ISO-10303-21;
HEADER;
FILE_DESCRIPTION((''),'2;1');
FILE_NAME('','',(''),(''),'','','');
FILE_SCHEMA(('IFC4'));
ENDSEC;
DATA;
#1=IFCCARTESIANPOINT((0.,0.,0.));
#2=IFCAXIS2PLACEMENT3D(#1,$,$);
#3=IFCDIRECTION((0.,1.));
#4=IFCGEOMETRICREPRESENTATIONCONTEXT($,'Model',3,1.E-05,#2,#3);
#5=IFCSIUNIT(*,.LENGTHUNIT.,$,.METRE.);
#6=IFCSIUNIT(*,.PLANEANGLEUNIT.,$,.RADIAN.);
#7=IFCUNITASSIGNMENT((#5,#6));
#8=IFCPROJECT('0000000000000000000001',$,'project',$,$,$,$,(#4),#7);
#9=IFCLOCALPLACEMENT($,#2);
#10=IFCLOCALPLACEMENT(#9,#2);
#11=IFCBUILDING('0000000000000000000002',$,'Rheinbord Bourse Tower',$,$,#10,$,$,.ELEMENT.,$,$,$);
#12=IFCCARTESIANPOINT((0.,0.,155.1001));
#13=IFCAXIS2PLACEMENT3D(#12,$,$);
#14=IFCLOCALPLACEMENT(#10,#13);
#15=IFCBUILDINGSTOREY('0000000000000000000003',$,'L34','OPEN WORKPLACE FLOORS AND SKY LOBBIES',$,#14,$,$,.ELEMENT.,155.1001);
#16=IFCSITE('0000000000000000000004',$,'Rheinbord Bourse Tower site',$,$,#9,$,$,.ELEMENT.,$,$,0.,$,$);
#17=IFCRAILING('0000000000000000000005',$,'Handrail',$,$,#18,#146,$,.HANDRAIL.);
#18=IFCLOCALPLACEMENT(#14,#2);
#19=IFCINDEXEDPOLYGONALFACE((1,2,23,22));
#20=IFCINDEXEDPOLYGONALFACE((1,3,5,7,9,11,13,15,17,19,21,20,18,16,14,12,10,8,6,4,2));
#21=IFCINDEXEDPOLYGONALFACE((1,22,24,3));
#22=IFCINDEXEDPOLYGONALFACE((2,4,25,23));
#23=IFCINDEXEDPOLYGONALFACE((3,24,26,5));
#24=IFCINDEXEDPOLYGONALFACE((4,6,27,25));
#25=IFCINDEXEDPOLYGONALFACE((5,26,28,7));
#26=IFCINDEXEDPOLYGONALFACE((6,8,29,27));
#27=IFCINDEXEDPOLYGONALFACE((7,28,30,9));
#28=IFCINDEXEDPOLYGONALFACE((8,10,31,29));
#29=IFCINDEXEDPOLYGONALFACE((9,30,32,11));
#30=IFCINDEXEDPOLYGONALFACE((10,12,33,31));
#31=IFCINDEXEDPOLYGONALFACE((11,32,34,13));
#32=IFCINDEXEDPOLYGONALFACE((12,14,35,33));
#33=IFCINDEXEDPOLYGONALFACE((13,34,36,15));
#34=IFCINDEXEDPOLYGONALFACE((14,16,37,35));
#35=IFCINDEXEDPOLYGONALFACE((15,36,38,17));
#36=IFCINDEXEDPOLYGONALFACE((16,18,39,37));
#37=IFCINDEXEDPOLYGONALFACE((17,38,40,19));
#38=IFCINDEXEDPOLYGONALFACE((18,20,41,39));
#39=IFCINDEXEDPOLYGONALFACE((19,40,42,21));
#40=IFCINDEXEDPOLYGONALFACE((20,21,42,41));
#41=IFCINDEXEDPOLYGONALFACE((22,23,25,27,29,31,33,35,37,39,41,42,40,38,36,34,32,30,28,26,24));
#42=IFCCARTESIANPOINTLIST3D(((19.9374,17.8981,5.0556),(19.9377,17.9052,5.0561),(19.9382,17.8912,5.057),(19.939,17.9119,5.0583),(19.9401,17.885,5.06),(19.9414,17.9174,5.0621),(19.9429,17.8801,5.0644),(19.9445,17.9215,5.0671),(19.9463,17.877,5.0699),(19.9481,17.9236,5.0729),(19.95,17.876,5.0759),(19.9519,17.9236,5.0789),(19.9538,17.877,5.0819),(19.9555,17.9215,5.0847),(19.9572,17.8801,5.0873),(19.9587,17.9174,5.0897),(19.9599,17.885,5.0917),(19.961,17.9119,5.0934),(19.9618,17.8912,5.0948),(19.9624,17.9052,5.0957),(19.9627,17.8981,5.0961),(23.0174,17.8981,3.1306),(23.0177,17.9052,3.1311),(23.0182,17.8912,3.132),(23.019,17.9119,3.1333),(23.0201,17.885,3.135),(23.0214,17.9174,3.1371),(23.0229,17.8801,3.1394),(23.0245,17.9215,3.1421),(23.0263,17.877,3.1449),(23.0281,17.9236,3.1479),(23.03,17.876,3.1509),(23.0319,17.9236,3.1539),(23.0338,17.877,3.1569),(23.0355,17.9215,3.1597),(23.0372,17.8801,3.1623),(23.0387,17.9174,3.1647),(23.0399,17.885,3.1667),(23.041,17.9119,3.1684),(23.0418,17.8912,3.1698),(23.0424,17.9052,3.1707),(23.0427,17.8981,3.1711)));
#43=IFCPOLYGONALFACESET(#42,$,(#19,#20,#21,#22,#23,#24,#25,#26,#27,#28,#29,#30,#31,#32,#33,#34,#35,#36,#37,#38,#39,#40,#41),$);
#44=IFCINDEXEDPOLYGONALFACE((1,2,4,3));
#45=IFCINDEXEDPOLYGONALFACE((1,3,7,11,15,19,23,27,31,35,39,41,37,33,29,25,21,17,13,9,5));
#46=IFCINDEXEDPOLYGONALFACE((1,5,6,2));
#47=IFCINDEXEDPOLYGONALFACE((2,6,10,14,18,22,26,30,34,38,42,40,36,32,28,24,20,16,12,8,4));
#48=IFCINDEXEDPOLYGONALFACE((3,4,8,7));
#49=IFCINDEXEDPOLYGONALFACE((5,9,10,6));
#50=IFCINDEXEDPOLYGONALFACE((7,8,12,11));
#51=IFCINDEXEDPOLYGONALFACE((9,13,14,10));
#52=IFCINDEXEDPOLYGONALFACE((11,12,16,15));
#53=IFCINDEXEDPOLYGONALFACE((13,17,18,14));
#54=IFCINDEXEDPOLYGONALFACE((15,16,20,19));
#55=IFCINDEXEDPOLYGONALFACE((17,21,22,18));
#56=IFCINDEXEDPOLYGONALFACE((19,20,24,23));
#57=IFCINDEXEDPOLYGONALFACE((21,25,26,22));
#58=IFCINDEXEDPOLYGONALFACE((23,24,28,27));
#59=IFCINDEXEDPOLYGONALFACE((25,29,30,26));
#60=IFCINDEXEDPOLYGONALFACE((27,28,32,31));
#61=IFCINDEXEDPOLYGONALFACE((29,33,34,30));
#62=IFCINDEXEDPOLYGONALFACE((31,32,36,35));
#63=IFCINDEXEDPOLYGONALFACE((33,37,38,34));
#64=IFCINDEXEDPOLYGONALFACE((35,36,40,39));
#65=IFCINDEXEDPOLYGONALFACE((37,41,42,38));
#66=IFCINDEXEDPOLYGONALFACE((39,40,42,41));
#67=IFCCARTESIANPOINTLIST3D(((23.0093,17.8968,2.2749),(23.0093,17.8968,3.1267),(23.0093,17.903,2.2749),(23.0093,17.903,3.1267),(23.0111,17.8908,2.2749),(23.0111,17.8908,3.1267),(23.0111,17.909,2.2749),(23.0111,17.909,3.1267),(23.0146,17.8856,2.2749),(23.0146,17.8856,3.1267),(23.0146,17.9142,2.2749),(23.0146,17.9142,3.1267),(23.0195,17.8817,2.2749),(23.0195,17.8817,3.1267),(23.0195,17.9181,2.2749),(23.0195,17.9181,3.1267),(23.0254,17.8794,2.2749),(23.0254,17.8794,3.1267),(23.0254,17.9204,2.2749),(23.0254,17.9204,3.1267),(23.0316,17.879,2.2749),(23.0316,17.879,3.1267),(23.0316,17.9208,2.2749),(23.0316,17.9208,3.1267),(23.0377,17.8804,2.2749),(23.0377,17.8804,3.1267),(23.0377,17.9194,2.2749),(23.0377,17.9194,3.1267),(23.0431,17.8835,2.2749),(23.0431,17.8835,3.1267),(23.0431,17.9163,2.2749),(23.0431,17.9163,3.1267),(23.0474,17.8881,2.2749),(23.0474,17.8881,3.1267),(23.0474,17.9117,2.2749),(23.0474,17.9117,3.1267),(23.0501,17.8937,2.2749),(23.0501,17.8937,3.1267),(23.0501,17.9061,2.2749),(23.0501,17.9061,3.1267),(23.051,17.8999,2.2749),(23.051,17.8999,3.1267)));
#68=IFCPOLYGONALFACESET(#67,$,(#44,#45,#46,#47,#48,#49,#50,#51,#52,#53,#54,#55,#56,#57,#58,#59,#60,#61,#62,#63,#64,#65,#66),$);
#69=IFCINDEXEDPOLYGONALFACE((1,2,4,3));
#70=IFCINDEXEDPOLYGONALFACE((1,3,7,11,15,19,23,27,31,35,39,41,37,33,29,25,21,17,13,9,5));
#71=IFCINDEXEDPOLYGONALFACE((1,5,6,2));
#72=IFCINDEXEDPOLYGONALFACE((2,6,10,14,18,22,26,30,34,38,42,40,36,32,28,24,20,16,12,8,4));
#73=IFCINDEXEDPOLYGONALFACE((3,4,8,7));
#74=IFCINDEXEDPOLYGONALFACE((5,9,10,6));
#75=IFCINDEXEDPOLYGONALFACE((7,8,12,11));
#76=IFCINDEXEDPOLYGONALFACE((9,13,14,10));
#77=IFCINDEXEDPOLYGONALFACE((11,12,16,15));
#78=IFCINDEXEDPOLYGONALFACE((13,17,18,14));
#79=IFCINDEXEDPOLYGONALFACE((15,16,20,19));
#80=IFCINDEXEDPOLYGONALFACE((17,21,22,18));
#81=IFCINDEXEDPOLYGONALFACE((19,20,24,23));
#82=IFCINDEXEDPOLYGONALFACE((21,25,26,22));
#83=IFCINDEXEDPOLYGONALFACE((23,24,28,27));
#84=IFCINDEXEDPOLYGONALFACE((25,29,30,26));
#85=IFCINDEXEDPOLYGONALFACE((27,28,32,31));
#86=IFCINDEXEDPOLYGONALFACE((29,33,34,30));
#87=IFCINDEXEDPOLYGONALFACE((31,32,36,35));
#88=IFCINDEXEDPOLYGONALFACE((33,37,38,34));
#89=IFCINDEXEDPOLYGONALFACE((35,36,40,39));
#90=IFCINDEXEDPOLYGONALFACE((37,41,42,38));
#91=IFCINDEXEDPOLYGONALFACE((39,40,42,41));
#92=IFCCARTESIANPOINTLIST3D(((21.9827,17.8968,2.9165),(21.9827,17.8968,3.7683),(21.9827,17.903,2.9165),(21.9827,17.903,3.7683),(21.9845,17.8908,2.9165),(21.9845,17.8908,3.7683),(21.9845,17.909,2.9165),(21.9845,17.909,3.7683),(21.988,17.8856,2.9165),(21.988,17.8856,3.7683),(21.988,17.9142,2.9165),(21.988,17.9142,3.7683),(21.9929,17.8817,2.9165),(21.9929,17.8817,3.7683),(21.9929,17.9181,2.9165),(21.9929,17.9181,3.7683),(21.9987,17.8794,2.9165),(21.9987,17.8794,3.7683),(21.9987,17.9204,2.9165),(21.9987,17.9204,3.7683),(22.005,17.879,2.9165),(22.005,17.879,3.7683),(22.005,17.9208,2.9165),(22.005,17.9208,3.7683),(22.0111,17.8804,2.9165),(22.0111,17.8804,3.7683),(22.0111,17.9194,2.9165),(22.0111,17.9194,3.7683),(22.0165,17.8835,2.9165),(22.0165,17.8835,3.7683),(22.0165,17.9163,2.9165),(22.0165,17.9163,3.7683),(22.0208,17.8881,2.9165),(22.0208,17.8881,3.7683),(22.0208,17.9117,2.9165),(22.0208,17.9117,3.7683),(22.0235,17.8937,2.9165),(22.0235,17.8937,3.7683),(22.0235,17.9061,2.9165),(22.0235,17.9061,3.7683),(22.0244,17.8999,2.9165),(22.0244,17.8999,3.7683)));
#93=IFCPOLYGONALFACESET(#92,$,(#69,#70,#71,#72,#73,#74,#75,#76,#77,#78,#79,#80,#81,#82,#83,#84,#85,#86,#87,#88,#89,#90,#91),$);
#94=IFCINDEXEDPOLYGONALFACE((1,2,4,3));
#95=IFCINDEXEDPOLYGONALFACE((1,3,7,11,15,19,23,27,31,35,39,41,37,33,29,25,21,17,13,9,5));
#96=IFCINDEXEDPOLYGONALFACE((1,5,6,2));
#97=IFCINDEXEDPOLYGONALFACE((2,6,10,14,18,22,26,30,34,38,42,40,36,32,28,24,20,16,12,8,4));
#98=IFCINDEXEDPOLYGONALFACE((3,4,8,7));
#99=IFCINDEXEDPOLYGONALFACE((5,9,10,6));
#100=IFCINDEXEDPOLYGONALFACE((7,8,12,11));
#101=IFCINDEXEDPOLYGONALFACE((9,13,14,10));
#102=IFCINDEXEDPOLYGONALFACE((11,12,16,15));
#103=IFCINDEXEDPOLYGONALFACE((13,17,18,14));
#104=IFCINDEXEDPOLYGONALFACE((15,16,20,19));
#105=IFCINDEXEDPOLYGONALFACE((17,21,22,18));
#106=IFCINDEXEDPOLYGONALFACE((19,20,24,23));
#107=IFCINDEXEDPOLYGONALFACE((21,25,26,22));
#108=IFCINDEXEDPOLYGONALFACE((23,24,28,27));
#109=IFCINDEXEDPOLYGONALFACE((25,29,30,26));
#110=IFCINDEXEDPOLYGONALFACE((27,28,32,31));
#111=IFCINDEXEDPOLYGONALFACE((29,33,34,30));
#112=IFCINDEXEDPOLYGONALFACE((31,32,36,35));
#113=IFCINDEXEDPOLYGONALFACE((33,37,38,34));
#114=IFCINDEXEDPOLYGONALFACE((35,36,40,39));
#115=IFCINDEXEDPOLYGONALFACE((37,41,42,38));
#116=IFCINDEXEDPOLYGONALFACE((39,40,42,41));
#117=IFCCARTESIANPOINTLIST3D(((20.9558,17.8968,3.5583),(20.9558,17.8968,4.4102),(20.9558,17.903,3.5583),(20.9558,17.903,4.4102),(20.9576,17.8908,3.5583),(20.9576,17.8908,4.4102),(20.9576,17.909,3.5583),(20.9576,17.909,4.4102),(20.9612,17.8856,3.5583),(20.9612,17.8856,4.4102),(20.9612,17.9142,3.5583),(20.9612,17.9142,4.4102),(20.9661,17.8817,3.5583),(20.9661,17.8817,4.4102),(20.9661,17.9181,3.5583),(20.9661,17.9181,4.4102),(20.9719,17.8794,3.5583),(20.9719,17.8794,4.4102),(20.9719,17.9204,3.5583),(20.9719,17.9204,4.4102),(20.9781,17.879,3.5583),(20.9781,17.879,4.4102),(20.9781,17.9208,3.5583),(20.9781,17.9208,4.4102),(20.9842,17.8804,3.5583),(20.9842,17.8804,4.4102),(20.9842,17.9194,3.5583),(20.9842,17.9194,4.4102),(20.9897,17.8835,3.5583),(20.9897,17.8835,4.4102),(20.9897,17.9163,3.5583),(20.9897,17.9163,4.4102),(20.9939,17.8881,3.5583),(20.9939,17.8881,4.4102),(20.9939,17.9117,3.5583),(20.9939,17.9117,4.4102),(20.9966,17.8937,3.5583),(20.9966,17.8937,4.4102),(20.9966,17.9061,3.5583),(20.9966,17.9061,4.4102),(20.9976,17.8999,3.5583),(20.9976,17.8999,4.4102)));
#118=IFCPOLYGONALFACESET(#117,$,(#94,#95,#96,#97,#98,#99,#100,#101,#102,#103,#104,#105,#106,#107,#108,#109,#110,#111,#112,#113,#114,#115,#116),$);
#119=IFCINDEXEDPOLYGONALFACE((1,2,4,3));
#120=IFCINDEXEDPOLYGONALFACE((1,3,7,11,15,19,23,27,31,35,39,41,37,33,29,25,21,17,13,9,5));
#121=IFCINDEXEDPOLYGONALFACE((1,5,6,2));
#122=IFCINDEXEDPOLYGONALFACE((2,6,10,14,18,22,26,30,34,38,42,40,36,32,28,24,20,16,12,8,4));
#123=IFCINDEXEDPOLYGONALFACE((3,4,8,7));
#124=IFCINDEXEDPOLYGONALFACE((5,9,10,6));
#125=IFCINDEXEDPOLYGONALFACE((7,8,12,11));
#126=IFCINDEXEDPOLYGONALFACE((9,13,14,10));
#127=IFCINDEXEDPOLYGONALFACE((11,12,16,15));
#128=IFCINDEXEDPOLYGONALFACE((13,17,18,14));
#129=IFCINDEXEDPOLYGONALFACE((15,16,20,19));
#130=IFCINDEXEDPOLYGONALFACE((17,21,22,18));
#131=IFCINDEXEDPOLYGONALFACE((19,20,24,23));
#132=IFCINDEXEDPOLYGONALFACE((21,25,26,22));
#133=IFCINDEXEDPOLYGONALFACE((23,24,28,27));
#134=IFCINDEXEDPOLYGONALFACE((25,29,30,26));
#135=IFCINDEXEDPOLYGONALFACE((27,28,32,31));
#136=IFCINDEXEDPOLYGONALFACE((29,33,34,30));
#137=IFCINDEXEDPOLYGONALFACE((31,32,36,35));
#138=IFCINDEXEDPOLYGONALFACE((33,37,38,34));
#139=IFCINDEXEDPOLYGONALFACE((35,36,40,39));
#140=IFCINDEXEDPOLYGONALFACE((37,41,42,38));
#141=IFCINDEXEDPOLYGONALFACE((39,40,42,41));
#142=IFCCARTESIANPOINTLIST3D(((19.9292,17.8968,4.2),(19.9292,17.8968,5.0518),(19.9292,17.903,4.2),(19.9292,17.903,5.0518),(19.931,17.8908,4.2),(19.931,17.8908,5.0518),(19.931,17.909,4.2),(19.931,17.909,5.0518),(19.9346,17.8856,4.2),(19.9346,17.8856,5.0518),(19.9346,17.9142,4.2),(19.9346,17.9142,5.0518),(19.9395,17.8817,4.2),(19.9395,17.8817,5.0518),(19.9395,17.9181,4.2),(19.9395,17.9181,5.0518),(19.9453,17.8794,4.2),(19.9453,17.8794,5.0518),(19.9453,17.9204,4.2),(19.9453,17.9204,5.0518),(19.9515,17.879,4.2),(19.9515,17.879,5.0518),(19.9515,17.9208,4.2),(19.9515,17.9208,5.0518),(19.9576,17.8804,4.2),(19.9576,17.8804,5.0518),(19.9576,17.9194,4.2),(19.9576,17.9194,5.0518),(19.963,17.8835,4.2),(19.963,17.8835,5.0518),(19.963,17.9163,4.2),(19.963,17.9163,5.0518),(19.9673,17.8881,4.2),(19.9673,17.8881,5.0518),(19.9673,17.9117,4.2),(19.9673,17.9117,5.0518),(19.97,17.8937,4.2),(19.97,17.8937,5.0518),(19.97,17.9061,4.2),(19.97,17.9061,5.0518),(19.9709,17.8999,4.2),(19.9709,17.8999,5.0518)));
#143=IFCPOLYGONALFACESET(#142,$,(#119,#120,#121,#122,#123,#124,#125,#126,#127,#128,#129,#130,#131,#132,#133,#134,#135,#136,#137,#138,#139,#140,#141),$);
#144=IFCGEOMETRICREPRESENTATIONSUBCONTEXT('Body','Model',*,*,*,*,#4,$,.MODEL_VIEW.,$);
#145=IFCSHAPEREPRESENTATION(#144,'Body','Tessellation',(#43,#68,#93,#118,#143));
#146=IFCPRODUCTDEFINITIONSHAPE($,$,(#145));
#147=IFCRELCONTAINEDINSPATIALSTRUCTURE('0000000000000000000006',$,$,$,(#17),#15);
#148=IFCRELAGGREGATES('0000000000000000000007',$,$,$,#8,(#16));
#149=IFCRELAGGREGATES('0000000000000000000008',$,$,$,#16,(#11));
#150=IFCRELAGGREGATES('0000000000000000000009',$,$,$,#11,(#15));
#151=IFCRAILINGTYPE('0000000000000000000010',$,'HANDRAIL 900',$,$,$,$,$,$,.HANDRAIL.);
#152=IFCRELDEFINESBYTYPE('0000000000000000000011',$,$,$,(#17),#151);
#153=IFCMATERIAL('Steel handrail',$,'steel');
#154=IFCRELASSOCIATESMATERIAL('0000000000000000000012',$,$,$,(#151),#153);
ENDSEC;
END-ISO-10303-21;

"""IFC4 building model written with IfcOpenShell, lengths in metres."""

from ifc_helpers import new_model, si_unit, direction, frame, origin, origin_2d, place, context, subcontext, project, spatial, circle, extrude, material, type_object, element, save


model = new_model("IFC4")

# Units and contexts
model_context = context("Model", 3, precision=1e-05, world=origin(), true_north=direction((0.0, 1.0)))
body_context = subcontext(model_context, "Body", "Model", "MODEL_VIEW")
ifc_project = project(units=[si_unit("LENGTHUNIT", "METRE"), si_unit("PLANEANGLEUNIT", "RADIAN")], contexts=[model_context])

# Site, building, storey
site_placement = place(None, origin())
site = spatial("IfcSite", under=ifc_project, at=site_placement, Name="Rheinbord Bourse Tower site", CompositionType="ELEMENT", RefElevation=0.0)
building_placement = place(site_placement, origin())
building = spatial("IfcBuilding", under=site, at=building_placement, Name="Rheinbord Bourse Tower", CompositionType="ELEMENT")
storey_placement = place(building_placement, frame((0.0, 0.0, 155.1001)))
storey = spatial("IfcBuildingStorey", under=building, at=storey_placement, Name="L34", Description="OPEN WORKPLACE FLOORS AND SKY LOBBIES", CompositionType="ELEMENT", Elevation=155.1001)

# Railing
ifc_material_1 = material(Name="Steel handrail", Category="steel")
railing_type = type_object("IfcRailingType", Name="HANDRAIL 900", PredefinedType="HANDRAIL", material=ifc_material_1)
railing_1_placement = place(storey_placement, frame((23.03, 17.8999, 2.2749)))
element("IfcRailing", 1, at=railing_1_placement, inside=storey, type_object=railing_type, Name="Handrail", PredefinedType="HANDRAIL", context=body_context, shape_type="SweptSolid", body=[
    extrude(circle(Radius=0.0239, at=origin_2d()), frame((0.0, 0.0, 0.876), z_axis=(-0.847998, 0.0, 0.529999), x_axis=(0.0, -1.0, 0.0)), (0.0, 0.0, 1.0), 3.6321),
    extrude(circle(Radius=0.021, at=origin_2d()), origin(), (0.0, 0.0, 1.0), 0.8518),
    extrude(circle(Radius=0.021, at=origin_2d()), frame((-1.0266, 0.0, 0.6416)), (0.0, 0.0, 1.0), 0.8518),
    extrude(circle(Radius=0.021, at=origin_2d()), frame((-2.0535, 0.0, 1.2834)), (0.0, 0.0, 1.0), 0.8518),
    extrude(circle(Radius=0.021, at=origin_2d()), frame((-3.0801, 0.0, 1.925)), (0.0, 0.0, 1.0), 0.8518),
])

save(model, "model.ifc")
